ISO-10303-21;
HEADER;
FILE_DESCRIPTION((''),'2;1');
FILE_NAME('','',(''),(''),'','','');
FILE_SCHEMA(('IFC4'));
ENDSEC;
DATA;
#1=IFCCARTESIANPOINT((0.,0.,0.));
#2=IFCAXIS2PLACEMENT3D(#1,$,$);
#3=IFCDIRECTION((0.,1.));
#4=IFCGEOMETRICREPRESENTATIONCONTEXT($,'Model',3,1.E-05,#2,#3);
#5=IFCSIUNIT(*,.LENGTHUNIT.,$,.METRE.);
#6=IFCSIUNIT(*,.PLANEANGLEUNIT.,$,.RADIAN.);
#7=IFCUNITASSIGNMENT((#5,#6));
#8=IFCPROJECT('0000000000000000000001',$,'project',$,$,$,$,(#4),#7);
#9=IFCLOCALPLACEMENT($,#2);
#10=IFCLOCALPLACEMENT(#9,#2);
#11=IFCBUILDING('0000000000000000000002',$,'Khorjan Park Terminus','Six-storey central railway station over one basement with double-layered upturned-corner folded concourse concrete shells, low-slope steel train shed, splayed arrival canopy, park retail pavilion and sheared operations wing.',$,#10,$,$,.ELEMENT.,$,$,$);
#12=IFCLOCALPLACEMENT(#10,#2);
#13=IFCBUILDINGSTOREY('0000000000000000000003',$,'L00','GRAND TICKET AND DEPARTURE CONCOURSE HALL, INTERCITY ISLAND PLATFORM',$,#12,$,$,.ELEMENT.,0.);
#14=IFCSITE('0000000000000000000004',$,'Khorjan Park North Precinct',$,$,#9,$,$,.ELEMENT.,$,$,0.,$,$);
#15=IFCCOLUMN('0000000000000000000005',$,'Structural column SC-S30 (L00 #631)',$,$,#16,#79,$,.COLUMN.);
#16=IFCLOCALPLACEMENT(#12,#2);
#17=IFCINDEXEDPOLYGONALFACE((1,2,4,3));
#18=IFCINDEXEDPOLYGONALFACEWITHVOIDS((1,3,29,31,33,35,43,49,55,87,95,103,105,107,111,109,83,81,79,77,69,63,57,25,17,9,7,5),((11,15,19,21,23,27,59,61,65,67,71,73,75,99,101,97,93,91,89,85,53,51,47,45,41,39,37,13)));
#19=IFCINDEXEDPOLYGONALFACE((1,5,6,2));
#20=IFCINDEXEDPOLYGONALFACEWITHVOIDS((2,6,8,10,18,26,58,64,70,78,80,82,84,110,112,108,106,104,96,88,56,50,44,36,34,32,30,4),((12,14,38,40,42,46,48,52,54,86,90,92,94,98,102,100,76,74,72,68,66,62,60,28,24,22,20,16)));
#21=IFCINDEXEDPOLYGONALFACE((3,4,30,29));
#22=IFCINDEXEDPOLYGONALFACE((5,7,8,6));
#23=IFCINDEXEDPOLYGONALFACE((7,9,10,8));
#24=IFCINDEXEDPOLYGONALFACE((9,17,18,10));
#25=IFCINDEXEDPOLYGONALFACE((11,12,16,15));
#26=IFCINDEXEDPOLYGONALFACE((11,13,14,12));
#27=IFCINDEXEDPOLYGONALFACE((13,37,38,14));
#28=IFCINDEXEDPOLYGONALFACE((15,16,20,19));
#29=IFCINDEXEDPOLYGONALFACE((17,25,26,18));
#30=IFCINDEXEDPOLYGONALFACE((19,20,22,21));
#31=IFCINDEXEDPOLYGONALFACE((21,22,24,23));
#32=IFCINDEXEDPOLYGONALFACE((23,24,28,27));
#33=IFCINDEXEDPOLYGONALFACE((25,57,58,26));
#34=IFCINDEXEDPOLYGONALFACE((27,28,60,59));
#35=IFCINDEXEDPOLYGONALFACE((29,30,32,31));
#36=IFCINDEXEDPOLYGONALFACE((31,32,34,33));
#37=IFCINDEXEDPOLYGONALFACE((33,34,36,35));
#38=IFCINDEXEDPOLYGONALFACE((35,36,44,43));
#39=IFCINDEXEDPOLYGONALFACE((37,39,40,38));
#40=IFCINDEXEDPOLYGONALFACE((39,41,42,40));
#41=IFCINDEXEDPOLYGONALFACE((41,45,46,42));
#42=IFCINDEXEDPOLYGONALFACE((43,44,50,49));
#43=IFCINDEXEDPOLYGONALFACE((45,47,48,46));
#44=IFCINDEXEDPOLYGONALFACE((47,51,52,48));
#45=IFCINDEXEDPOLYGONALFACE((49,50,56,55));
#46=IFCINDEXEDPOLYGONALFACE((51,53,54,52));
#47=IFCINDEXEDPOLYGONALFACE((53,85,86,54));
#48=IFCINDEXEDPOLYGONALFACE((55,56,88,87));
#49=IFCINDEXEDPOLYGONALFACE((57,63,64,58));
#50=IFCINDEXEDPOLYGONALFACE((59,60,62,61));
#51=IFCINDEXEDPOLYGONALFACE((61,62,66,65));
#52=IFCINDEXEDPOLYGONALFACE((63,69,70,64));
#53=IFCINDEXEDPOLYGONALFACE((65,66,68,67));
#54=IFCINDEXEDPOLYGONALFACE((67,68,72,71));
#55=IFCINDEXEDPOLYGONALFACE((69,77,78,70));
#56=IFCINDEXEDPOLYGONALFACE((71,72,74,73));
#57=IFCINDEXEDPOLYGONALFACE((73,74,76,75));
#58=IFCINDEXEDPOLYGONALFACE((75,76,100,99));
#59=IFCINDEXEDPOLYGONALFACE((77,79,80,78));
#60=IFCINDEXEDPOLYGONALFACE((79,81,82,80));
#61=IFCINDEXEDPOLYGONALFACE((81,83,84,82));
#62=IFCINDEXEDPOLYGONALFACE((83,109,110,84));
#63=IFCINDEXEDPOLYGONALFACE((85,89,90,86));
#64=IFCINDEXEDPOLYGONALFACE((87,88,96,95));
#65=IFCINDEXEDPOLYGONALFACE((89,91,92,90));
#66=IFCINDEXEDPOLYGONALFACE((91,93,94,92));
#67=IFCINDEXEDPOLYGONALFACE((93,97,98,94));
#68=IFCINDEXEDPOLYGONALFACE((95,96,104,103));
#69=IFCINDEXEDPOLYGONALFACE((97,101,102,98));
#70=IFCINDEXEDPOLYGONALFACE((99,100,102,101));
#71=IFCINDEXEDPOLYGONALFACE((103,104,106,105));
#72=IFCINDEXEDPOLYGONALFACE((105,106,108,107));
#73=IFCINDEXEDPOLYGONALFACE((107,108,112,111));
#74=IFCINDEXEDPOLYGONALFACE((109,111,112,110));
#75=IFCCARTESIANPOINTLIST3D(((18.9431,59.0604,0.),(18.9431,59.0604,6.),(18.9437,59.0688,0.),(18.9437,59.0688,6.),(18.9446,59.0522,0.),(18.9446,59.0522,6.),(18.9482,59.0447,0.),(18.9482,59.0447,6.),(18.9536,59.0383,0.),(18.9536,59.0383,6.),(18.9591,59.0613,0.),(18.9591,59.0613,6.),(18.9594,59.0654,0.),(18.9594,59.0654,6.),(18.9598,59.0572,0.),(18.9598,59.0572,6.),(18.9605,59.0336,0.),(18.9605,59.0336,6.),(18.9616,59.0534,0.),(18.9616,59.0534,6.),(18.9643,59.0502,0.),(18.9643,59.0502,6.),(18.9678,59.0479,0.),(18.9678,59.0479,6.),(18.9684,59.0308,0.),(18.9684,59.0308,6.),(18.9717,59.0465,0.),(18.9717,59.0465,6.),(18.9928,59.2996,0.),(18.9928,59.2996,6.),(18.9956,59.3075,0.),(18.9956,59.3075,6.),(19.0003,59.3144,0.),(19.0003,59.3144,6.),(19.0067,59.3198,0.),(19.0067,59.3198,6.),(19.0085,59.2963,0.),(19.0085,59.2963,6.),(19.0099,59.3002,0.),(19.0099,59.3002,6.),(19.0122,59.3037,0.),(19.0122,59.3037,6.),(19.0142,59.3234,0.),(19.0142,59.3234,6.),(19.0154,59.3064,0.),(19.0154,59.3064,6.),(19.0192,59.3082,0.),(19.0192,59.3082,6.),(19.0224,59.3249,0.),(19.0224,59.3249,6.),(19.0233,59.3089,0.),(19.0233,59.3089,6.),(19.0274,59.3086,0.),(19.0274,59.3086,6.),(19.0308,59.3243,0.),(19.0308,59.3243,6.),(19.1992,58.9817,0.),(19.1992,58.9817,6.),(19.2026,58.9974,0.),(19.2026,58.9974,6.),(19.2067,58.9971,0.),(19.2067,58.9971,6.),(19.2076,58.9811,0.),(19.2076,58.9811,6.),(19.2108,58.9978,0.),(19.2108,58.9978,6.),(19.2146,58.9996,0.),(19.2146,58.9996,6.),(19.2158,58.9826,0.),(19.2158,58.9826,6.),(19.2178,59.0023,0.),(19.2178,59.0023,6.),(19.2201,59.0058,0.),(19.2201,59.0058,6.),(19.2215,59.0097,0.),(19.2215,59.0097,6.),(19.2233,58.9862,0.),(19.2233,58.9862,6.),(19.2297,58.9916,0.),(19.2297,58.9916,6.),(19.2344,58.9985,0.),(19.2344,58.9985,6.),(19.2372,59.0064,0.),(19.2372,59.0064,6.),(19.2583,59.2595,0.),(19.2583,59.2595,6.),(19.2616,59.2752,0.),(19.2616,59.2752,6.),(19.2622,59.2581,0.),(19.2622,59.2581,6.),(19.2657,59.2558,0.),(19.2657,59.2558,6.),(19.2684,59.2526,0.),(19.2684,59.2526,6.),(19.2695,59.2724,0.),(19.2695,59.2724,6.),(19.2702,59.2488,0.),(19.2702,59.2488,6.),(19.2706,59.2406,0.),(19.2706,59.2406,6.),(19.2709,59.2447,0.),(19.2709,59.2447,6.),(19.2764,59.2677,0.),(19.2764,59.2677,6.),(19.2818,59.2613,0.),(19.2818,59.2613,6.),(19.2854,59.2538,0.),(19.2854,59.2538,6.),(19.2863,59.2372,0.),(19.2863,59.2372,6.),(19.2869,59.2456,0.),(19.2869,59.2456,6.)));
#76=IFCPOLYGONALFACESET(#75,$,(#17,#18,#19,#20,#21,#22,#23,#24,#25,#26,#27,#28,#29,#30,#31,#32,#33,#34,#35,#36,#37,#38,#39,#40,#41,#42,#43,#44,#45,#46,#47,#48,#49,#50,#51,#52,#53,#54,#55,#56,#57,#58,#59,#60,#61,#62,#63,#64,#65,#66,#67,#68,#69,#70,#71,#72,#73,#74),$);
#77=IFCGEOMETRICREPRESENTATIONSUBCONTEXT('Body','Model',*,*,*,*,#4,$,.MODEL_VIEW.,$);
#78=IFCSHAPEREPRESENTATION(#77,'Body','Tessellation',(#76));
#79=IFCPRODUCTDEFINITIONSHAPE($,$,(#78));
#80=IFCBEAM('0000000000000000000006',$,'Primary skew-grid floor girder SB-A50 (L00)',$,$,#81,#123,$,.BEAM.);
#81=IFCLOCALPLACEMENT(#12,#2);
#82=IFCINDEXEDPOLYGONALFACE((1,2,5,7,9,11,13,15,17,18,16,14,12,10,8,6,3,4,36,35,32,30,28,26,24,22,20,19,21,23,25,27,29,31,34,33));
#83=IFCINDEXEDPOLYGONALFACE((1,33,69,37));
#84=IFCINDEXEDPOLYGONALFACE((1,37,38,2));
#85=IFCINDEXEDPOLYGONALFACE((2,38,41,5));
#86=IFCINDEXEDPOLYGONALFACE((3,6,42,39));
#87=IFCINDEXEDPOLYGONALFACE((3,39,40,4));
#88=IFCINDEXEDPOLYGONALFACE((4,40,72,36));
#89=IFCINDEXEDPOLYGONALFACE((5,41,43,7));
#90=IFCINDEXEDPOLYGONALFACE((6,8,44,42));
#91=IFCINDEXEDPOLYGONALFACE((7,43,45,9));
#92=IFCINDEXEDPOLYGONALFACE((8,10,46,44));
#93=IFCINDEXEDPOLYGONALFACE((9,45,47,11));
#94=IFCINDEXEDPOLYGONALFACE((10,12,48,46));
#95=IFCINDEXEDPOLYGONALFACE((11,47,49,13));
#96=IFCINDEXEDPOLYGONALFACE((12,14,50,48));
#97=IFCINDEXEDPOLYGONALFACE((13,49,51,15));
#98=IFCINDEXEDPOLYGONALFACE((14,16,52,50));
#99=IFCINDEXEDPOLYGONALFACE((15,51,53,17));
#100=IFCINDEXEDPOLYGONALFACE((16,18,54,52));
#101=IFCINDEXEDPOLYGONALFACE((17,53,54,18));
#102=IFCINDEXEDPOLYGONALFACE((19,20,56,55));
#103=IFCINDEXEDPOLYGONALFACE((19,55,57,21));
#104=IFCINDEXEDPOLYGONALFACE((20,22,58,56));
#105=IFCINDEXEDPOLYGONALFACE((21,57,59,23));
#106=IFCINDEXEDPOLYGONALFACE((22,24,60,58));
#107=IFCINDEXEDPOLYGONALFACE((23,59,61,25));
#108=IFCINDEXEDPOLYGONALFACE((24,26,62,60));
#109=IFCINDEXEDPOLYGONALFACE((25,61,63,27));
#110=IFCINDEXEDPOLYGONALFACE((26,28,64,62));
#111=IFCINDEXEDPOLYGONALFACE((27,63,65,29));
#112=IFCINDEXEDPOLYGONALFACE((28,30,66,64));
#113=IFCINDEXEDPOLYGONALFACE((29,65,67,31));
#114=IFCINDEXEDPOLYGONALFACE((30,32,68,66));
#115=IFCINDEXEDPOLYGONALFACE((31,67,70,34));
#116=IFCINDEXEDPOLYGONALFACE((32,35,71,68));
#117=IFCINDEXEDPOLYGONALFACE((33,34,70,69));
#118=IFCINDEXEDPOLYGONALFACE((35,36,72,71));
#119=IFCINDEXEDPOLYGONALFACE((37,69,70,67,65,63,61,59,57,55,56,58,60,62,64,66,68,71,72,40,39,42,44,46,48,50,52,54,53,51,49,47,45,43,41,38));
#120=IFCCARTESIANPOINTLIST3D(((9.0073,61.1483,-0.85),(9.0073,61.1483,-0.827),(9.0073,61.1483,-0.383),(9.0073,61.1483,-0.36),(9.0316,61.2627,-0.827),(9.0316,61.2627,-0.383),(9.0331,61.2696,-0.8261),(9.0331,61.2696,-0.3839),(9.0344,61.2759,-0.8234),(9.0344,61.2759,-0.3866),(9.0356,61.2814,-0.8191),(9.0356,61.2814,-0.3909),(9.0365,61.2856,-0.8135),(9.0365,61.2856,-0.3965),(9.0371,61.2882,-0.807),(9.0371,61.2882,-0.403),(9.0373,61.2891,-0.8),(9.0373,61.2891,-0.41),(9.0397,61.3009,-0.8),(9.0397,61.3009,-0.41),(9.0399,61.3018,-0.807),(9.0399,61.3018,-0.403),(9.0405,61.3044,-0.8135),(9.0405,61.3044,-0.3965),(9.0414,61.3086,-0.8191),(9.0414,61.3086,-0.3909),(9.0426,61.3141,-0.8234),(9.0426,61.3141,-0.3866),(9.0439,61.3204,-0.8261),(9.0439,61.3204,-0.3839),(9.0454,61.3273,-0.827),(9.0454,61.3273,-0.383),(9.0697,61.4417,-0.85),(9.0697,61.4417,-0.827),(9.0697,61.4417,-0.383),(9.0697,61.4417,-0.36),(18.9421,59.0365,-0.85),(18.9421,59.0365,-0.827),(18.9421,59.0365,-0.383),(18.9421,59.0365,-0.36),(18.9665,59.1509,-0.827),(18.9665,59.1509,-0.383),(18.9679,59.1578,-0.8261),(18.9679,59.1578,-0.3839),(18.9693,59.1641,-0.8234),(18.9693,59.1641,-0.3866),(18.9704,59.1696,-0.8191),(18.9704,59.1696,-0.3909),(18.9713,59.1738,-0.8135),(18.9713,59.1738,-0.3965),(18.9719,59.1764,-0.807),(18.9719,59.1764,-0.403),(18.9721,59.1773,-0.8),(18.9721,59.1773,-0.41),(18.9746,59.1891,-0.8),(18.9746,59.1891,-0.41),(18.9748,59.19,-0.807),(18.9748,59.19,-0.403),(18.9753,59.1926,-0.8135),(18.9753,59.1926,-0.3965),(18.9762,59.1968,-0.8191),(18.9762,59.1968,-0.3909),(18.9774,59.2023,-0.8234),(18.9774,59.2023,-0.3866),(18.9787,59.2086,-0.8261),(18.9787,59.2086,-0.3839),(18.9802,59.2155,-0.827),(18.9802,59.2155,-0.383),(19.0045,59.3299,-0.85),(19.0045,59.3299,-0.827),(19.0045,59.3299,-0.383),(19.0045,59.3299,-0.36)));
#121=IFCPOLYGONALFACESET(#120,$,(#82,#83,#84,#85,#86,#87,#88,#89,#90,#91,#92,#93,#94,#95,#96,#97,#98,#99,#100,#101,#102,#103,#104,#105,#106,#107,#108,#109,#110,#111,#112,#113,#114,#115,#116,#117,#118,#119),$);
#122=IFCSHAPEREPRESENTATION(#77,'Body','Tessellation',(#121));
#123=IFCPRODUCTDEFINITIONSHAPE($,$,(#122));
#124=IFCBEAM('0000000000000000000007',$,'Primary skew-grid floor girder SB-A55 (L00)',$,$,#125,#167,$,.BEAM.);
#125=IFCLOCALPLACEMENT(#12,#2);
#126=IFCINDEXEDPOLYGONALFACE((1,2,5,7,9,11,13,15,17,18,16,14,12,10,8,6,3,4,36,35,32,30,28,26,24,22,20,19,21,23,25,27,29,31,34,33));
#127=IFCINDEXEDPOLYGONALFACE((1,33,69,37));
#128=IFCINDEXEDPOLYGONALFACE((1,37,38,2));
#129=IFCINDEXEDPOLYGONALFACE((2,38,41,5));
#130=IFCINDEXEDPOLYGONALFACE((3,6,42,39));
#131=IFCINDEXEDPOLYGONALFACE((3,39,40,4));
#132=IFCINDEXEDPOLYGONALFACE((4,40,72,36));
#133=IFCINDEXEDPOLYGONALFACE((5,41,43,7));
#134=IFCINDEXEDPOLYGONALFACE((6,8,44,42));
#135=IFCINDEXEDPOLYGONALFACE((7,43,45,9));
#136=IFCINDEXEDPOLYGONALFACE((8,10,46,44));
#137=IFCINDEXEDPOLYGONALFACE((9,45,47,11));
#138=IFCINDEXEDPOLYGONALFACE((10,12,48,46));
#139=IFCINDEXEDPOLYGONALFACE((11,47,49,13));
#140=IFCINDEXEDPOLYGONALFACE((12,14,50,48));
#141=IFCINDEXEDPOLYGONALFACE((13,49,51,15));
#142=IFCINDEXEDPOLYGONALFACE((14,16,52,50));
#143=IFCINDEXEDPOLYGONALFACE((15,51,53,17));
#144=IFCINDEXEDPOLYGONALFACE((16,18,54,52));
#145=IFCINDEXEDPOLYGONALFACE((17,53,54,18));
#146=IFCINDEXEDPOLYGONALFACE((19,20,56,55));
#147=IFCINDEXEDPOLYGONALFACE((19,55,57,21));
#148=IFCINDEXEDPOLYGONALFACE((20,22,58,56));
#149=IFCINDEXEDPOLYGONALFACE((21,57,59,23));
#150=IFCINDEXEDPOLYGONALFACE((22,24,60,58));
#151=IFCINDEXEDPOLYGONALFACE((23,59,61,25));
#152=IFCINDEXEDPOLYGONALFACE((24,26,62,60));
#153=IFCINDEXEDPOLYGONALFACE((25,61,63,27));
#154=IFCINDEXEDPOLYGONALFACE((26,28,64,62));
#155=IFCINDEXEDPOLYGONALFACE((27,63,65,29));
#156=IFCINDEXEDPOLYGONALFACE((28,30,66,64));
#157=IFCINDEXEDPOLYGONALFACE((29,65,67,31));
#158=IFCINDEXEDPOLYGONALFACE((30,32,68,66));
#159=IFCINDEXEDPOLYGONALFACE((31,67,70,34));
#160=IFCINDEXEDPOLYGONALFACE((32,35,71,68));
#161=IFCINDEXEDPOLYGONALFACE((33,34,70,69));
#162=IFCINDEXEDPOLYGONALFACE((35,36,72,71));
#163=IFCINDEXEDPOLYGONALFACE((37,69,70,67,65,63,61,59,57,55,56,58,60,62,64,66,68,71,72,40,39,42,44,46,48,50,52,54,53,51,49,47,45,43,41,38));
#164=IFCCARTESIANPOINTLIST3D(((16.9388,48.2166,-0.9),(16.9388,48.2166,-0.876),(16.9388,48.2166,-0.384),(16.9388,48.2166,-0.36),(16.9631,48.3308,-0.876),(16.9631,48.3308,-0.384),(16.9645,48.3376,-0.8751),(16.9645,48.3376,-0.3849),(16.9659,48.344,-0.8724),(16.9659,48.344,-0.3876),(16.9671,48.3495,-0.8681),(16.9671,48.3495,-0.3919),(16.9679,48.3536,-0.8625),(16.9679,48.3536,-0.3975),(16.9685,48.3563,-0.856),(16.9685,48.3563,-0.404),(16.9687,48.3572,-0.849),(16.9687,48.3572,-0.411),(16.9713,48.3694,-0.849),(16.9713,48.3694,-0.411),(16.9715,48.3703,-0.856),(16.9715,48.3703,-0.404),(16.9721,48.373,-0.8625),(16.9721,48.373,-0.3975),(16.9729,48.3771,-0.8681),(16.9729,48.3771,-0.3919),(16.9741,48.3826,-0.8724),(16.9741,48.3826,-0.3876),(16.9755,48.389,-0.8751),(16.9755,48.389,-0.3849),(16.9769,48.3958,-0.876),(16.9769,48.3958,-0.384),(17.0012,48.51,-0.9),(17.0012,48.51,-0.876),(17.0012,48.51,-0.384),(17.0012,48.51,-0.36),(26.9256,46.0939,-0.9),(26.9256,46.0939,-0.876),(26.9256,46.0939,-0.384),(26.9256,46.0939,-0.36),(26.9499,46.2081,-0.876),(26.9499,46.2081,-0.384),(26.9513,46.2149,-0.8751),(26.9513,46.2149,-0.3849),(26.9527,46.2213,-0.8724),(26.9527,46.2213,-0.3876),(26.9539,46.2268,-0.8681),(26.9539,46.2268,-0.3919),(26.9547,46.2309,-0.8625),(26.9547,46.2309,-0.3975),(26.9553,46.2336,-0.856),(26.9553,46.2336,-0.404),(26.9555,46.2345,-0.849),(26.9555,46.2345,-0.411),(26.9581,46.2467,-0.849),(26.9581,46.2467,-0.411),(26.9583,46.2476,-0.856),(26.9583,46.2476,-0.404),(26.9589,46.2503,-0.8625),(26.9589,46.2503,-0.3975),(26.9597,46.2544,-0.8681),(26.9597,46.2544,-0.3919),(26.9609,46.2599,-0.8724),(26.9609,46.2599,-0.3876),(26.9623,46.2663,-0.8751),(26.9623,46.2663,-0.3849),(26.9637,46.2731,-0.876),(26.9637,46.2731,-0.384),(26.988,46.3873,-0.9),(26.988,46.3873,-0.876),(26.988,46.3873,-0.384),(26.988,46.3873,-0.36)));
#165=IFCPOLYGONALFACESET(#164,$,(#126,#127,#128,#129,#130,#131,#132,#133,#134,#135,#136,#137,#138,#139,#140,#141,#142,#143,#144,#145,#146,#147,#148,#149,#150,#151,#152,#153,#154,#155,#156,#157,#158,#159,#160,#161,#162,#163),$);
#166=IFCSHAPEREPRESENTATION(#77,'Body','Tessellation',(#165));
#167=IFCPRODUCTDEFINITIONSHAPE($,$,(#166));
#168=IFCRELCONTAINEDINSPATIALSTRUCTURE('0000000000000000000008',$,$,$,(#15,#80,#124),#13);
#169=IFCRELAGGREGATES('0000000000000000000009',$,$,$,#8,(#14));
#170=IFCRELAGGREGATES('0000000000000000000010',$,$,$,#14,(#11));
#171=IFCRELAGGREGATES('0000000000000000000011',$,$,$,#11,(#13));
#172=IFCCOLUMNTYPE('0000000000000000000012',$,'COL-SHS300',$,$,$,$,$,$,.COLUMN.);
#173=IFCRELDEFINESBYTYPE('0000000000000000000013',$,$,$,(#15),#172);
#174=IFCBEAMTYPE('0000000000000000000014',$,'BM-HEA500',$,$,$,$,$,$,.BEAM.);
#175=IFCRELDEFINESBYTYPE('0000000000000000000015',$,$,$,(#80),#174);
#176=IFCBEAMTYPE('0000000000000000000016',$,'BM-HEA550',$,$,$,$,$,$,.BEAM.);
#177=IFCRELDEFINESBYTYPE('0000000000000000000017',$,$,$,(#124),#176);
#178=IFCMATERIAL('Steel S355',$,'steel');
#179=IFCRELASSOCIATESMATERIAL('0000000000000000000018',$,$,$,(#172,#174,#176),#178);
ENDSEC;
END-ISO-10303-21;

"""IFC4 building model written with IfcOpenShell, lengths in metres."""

from ifc_helpers import new_model, si_unit, direction, frame, origin, origin_2d, place, context, subcontext, project, spatial, hollow_rectangle, i_section, extrude, material, material_profile, profile_set, type_object, element, save


model = new_model("IFC4")

# Units and contexts
model_context = context("Model", 3, precision=1e-05, world=origin(), true_north=direction((0.0, 1.0)))
body_context = subcontext(model_context, "Body", "Model", "MODEL_VIEW")
ifc_project = project(units=[si_unit("LENGTHUNIT", "METRE"), si_unit("PLANEANGLEUNIT", "RADIAN")], contexts=[model_context])

# Site, building, storey
site_placement = place(None, origin())
site = spatial("IfcSite", under=ifc_project, at=site_placement, Name="Khorjan Park North Precinct", CompositionType="ELEMENT", RefElevation=0.0)
building_placement = place(site_placement, origin())
building = spatial("IfcBuilding", under=site, at=building_placement, Name="Khorjan Park Terminus", Description="Six-storey central railway station over one basement with double-layered upturned-corner folded concourse concrete shells, low-slope steel train shed, splayed arrival canopy, park retail pavilion and sheared operations wing.", CompositionType="ELEMENT")
storey_placement = place(building_placement, origin())
storey = spatial("IfcBuildingStorey", under=building, at=storey_placement, Name="L00", Description="GRAND TICKET AND DEPARTURE CONCOURSE HALL, INTERCITY ISLAND PLATFORM", CompositionType="ELEMENT", Elevation=0.0)

# Column
ifc_material_1 = material(Name="Steel S355", Category="steel")
ifc_material_profile_1 = material_profile(ifc_material_1, hollow_rectangle(XDim=0.3, YDim=0.3, WallThickness=0.016, InnerFilletRadius=0.016, OuterFilletRadius=0.032, at=origin_2d()), Name="SHS 300x300x16")
ifc_profile_set_1 = profile_set([ifc_material_profile_1], Name="Steel S355")
column_type_1 = type_object("IfcColumnType", Name="COL-SHS300", PredefinedType="COLUMN", material=ifc_profile_set_1)
for number, where, z_axis, x_axis, name in (
    (1, (19.115, 59.153, 0.0), (0.0, 0.0, 1.0), (0.978148, -0.207912, 0.0), "Structural column SC-S30 (L00 #631)"),
):
    element("IfcColumn", number, at=place(storey_placement, frame(where, z_axis=z_axis, x_axis=x_axis)), inside=storey, type_object=column_type_1, Name=name, PredefinedType="COLUMN", context=body_context, shape_type="SweptSolid", body=[
        extrude(hollow_rectangle(XDim=0.3, YDim=0.3, WallThickness=0.016, InnerFilletRadius=0.016, OuterFilletRadius=0.032, at=origin_2d()), origin(), (0.0, 0.0, 1.0), 6.0),
    ])

# Beams
ifc_material_profile_2 = material_profile(ifc_material_1, i_section(OverallWidth=0.3, OverallDepth=0.49, WebThickness=0.012, FlangeThickness=0.023, FilletRadius=0.027, at=origin_2d()), Name="HEA 500")
ifc_profile_set_2 = profile_set([ifc_material_profile_2], Name="Steel S355")
beam_type_1 = type_object("IfcBeamType", Name="BM-HEA500", PredefinedType="BEAM", material=ifc_profile_set_2)
beam_1_placement = place(storey_placement, frame((9.0385, 61.295, -0.605), z_axis=(0.978146, -0.20792, 0.0), x_axis=(0.20792, 0.978146, 0.0)))
element("IfcBeam", 2, at=beam_1_placement, inside=storey, type_object=beam_type_1, Name="Primary skew-grid floor girder SB-A50 (L00)", PredefinedType="BEAM", context=body_context, shape_type="SweptSolid", body=[
    extrude(i_section(OverallWidth=0.3, OverallDepth=0.49, WebThickness=0.012, FlangeThickness=0.023, FilletRadius=0.027, at=origin_2d()), origin(), (0.0, 0.0, 1.0), 10.1568),
])
ifc_material_profile_3 = material_profile(ifc_material_1, i_section(OverallWidth=0.3, OverallDepth=0.54, WebThickness=0.0125, FlangeThickness=0.024, FilletRadius=0.027, at=origin_2d()), Name="HEA 550")
ifc_profile_set_3 = profile_set([ifc_material_profile_3], Name="Steel S355")
beam_type_2 = type_object("IfcBeamType", Name="BM-HEA550", PredefinedType="BEAM", material=ifc_profile_set_3)
beam_2_placement = place(storey_placement, frame((16.97, 48.3633, -0.63), z_axis=(0.978149, -0.207906, 0.0), x_axis=(0.207906, 0.978149, 0.0)))
element("IfcBeam", 3, at=beam_2_placement, inside=storey, type_object=beam_type_2, Name="Primary skew-grid floor girder SB-A55 (L00)", PredefinedType="BEAM", context=body_context, shape_type="SweptSolid", body=[
    extrude(i_section(OverallWidth=0.3, OverallDepth=0.54, WebThickness=0.0125, FlangeThickness=0.024, FilletRadius=0.027, at=origin_2d()), origin(), (0.0, 0.0, 1.0), 10.2099),
])

save(model, "model.ifc")
